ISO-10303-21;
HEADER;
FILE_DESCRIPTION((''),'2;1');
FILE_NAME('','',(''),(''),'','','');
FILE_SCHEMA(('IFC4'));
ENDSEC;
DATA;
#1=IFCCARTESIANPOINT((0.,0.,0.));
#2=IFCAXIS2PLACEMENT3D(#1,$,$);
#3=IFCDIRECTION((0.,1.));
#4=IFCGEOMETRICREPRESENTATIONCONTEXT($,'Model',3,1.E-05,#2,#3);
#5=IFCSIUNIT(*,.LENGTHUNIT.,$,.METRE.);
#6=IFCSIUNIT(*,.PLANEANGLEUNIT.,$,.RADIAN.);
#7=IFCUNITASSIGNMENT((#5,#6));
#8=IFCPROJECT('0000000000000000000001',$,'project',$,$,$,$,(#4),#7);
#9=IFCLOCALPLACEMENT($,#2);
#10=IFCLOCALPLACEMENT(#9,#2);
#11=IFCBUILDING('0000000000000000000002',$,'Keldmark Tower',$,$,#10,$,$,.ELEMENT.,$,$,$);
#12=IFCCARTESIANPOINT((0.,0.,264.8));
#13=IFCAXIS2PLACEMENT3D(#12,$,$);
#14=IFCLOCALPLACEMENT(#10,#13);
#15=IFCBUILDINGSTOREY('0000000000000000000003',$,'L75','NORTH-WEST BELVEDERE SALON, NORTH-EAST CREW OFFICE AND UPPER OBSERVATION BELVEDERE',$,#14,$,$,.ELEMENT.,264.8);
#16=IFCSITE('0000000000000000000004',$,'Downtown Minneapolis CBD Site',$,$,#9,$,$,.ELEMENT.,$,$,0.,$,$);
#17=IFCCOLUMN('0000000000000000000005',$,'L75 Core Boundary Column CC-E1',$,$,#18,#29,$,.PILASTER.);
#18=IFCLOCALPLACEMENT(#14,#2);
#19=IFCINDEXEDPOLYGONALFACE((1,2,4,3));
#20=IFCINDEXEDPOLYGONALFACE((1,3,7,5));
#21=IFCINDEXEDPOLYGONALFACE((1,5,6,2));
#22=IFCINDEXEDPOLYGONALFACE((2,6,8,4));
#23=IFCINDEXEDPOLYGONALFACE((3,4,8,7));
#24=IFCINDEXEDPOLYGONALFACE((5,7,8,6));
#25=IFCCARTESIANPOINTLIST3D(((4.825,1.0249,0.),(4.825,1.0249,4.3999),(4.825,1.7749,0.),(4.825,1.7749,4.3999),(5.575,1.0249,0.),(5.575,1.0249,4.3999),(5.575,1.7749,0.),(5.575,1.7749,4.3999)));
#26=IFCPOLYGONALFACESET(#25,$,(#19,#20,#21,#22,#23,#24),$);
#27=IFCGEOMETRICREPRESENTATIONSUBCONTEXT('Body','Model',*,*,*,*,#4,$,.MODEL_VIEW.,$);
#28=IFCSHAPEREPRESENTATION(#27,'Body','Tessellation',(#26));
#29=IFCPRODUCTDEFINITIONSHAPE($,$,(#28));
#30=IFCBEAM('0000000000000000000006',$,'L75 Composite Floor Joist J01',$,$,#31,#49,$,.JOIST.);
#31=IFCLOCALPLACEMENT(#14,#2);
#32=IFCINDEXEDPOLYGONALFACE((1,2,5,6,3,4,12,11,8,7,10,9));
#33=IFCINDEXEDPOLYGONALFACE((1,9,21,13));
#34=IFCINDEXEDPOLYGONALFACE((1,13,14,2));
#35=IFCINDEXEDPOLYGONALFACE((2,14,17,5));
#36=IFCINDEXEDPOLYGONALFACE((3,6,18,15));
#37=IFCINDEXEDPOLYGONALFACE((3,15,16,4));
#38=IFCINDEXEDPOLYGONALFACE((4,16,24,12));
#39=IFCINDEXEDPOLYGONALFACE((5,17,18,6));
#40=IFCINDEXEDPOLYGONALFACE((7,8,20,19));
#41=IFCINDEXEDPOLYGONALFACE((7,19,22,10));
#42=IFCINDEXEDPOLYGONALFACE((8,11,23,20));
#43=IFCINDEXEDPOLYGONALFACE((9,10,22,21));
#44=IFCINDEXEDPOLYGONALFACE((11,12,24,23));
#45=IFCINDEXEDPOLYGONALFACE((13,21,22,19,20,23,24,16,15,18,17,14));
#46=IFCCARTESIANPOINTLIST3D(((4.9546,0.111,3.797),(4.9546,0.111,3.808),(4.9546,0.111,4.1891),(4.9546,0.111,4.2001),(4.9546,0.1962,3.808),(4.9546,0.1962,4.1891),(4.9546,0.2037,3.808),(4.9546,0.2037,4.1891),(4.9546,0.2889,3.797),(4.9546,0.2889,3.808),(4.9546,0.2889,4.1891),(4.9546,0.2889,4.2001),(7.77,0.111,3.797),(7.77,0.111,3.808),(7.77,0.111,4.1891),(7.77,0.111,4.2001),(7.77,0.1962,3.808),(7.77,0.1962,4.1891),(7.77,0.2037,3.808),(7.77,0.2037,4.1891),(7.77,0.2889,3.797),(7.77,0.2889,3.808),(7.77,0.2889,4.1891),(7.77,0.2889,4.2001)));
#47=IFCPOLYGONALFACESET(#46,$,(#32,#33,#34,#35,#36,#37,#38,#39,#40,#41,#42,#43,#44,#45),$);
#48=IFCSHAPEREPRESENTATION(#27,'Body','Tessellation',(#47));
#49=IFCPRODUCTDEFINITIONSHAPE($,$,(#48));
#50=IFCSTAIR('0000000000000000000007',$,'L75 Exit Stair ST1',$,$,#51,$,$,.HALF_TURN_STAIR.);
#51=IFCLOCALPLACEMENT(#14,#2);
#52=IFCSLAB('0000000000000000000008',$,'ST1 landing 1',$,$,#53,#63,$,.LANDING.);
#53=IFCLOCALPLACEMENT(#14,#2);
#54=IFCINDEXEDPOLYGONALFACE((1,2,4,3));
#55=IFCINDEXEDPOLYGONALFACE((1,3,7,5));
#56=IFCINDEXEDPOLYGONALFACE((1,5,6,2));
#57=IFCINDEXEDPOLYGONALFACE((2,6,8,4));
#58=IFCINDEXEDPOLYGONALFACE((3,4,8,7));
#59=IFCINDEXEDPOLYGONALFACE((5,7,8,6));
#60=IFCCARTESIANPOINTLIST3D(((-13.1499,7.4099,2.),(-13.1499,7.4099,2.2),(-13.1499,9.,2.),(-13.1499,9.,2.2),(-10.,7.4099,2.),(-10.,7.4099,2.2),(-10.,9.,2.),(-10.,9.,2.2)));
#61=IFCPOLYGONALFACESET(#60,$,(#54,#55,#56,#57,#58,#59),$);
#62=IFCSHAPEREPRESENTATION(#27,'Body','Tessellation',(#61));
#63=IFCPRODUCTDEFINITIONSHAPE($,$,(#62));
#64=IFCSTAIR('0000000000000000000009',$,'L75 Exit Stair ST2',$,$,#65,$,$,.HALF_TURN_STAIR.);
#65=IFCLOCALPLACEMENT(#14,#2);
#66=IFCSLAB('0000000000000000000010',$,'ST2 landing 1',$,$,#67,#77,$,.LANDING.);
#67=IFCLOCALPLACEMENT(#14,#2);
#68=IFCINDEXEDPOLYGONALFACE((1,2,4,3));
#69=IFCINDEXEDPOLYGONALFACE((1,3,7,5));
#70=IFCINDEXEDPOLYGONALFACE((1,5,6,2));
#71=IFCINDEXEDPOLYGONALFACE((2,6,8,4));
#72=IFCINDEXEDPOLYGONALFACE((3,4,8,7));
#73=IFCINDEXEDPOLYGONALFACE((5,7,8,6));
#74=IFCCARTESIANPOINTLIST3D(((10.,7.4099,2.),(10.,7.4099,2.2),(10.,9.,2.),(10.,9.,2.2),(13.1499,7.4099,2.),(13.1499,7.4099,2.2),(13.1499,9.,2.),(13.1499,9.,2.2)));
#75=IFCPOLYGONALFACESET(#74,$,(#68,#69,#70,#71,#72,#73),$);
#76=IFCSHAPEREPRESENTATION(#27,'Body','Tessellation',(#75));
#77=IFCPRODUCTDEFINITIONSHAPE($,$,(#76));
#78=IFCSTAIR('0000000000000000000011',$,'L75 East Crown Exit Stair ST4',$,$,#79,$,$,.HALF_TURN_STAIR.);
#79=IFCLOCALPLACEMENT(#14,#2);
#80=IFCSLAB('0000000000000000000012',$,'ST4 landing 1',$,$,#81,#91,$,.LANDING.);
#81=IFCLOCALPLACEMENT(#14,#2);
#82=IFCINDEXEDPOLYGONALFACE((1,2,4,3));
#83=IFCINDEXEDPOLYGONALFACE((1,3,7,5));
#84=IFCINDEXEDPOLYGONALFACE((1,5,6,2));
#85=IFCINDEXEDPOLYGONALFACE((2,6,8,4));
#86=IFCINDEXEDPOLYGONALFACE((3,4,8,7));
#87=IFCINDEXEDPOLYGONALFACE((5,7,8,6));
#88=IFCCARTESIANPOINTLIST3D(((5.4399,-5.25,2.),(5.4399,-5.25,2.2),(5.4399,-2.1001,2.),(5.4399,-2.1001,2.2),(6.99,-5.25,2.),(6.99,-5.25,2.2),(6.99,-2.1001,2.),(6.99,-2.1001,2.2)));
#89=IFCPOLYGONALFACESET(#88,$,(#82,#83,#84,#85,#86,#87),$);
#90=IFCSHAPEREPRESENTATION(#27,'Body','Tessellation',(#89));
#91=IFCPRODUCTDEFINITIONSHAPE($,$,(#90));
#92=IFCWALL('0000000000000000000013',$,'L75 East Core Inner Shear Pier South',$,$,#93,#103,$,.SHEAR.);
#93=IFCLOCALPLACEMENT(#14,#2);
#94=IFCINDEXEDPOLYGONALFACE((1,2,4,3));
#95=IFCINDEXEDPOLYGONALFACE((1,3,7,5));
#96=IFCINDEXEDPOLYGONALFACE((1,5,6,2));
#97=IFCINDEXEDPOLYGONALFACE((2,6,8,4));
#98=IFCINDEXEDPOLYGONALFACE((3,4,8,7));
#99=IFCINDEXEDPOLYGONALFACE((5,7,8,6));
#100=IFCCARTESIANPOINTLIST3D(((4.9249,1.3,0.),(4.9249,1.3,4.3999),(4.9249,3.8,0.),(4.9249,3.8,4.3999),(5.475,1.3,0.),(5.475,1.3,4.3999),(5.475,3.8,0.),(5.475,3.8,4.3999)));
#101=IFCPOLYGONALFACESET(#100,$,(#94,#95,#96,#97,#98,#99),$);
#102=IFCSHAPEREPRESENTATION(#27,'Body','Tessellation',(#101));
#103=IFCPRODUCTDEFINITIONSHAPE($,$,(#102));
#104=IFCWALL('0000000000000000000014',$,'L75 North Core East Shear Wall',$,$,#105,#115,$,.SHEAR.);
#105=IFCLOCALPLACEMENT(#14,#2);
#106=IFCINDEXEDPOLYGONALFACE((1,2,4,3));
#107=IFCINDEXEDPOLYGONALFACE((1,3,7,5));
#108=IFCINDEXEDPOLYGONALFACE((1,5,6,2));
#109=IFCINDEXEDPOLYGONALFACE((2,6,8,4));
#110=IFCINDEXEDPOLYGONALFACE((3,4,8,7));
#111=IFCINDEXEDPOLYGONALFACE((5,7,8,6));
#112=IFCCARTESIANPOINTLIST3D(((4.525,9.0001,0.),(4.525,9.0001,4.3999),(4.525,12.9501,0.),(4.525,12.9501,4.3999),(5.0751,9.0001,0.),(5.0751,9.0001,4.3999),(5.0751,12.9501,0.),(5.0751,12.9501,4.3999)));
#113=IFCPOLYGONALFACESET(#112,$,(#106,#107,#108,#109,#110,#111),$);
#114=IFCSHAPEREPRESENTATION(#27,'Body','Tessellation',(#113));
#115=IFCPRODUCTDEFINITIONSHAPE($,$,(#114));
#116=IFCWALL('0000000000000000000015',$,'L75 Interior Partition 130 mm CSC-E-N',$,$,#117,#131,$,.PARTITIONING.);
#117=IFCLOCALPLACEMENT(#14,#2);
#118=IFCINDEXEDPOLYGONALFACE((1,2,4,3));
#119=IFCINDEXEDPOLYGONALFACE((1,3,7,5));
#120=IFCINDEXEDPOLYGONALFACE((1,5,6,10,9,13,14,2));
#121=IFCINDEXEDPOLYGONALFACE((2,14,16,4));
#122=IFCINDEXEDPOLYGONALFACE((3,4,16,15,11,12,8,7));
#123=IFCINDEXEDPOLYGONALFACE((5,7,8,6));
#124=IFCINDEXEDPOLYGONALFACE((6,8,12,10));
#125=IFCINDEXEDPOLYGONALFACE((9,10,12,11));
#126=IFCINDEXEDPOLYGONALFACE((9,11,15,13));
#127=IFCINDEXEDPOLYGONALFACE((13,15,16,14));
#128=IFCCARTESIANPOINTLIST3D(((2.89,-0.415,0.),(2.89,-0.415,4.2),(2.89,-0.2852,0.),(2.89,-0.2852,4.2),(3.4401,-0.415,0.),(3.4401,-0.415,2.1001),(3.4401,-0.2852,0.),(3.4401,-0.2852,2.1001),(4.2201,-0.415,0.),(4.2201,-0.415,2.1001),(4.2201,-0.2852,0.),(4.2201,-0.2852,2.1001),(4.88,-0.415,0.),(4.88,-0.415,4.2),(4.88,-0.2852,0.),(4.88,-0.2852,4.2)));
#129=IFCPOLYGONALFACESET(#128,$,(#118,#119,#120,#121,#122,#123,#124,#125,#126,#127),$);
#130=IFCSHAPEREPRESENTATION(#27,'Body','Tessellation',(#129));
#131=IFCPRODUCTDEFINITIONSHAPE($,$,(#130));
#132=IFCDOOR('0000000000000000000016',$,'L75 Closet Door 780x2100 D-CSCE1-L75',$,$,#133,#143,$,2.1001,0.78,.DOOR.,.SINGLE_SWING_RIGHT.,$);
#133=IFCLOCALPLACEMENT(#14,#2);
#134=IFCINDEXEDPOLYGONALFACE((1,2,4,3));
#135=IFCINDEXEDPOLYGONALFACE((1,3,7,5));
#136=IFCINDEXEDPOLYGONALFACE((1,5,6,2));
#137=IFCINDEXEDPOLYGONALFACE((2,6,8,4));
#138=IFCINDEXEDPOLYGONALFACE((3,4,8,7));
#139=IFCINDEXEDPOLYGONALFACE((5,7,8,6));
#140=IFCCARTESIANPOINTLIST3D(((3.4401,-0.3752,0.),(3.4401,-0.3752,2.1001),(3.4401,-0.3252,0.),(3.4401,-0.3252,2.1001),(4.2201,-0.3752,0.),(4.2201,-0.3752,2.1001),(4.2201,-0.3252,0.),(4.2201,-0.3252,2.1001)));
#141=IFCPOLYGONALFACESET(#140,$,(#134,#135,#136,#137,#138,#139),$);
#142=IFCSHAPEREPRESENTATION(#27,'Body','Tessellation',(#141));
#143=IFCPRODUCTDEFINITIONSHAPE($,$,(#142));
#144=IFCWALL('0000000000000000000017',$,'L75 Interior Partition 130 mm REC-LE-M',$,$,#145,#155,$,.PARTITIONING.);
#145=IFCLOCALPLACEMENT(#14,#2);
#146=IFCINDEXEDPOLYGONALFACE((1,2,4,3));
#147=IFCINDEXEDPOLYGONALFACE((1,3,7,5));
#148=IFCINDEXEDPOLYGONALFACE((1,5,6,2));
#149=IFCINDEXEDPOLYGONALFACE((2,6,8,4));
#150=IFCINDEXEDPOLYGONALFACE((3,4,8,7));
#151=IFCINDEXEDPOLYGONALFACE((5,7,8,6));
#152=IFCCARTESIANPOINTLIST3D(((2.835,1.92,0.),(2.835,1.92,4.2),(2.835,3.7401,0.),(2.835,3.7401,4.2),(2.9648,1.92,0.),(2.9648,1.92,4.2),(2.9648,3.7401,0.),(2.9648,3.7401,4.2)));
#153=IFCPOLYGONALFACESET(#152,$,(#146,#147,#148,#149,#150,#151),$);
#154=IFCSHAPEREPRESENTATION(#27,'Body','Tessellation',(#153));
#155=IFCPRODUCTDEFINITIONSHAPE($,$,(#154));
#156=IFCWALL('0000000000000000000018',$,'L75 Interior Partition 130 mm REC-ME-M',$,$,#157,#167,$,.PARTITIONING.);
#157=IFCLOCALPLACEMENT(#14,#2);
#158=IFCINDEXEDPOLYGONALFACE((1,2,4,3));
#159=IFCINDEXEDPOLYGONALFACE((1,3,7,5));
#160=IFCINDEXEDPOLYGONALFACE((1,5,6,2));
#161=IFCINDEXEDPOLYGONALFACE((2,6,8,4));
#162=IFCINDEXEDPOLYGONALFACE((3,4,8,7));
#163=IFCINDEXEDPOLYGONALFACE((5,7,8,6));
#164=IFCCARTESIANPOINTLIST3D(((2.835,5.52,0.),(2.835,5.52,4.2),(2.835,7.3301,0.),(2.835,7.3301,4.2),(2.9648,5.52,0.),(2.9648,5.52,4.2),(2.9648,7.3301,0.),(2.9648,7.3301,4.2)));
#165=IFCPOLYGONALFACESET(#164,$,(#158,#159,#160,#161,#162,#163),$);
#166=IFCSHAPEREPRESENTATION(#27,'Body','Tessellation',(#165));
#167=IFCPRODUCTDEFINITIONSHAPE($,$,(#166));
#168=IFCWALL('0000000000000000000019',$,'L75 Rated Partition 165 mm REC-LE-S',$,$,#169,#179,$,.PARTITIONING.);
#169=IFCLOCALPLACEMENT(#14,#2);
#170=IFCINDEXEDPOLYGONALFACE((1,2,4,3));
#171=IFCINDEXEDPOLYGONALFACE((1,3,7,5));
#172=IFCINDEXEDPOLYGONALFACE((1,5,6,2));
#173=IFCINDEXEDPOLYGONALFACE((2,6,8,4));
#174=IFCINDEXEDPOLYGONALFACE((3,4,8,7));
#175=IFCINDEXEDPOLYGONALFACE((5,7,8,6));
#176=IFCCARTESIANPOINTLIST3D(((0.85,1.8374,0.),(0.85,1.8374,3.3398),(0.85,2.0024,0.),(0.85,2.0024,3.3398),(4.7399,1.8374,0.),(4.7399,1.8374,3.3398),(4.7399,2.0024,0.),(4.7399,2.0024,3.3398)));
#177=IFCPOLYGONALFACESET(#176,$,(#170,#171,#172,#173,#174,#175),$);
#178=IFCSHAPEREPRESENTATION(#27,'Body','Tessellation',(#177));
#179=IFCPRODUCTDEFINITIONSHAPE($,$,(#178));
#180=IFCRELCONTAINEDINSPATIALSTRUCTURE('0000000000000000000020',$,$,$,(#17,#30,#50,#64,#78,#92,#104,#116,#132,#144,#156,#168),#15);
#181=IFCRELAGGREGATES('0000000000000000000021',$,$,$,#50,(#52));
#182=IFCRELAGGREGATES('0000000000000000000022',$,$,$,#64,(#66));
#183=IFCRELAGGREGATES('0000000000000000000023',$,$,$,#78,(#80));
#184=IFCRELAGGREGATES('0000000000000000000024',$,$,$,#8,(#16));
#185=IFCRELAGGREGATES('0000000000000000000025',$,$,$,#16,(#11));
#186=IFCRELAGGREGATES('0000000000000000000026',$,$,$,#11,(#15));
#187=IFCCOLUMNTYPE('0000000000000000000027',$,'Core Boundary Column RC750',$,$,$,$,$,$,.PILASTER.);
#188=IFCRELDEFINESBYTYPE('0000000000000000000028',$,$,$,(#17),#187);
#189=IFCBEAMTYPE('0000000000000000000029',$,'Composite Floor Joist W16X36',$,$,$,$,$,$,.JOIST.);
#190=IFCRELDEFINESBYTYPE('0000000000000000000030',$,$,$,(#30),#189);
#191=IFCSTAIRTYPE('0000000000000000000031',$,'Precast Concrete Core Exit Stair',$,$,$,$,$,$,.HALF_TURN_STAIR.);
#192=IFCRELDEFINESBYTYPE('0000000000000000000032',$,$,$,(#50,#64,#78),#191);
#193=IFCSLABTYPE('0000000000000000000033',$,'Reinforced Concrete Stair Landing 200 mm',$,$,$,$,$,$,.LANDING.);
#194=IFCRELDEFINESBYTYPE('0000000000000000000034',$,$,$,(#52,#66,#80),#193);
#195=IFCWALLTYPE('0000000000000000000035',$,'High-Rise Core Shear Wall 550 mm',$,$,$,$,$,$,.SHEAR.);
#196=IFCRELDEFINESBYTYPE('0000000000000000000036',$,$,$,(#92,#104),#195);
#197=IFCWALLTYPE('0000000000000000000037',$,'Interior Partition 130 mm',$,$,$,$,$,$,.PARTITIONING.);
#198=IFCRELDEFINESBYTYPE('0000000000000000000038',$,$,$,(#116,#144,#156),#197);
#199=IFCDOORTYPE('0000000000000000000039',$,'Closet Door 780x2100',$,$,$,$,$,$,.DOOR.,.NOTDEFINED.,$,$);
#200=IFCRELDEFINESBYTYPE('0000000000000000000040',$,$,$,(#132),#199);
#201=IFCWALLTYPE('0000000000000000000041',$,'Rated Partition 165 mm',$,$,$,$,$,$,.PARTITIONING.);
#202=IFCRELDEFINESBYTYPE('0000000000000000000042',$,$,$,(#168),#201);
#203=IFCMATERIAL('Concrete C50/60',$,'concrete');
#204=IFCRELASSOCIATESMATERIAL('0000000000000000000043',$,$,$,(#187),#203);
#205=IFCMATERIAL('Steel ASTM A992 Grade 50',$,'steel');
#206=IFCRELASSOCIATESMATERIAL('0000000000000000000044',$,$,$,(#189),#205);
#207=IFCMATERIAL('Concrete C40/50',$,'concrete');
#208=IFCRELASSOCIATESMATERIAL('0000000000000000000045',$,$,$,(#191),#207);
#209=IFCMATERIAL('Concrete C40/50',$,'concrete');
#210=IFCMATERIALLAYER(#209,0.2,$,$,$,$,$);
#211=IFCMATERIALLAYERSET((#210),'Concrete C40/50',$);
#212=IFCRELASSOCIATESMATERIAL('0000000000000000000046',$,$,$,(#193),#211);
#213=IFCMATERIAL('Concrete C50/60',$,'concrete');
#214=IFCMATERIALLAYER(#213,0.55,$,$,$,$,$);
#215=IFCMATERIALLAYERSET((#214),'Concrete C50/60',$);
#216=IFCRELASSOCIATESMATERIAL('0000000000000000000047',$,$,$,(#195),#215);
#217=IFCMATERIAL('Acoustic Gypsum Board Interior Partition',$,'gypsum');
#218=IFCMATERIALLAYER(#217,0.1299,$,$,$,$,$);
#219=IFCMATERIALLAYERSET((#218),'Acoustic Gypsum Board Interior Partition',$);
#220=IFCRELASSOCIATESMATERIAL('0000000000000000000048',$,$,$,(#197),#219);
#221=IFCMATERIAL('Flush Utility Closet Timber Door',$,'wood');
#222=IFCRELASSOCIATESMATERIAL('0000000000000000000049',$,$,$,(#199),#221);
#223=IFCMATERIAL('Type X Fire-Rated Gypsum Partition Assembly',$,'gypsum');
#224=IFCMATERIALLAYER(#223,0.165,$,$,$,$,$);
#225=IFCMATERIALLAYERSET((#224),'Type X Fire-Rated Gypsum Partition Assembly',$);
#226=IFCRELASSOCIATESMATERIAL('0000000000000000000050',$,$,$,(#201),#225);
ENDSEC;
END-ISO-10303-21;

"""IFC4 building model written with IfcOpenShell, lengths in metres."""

from ifc_helpers import new_model, si_unit, direction, frame, frame_2d, origin, origin_2d, place, context, subcontext, project, spatial, polyline, rectangle, i_section, outline, extrude, material, layer, layer_set, material_profile, profile_set, type_object, element, fill, aggregate, save


model = new_model("IFC4")

# Units and contexts
model_context = context("Model", 3, precision=1e-05, world=origin(), true_north=direction((0.0, 1.0)))
body_context = subcontext(model_context, "Body", "Model", "MODEL_VIEW")
ifc_project = project(units=[si_unit("LENGTHUNIT", "METRE"), si_unit("PLANEANGLEUNIT", "RADIAN")], contexts=[model_context])

# Site, building, storey
site_placement = place(None, origin())
site = spatial("IfcSite", under=ifc_project, at=site_placement, Name="Downtown Minneapolis CBD Site", CompositionType="ELEMENT", RefElevation=0.0)
building_placement = place(site_placement, origin())
building = spatial("IfcBuilding", under=site, at=building_placement, Name="Keldmark Tower", CompositionType="ELEMENT")
storey_placement = place(building_placement, frame((0.0, 0.0, 264.8)))
storey = spatial("IfcBuildingStorey", under=building, at=storey_placement, Name="L75", Description="NORTH-WEST BELVEDERE SALON, NORTH-EAST CREW OFFICE AND UPPER OBSERVATION BELVEDERE", CompositionType="ELEMENT", Elevation=264.8)

# Column
ifc_material_1 = material(Name="Concrete C50/60", Category="concrete")
ifc_material_profile_1 = material_profile(ifc_material_1, rectangle(XDim=0.75, YDim=0.75, at=origin_2d()), Name="RC750X750")
ifc_profile_set_1 = profile_set([ifc_material_profile_1], Name="Concrete C50/60")
column_type = type_object("IfcColumnType", Name="Core Boundary Column RC750", PredefinedType="PILASTER", material=ifc_profile_set_1)
column_placement = place(storey_placement, frame((5.2, 1.3999, 0.0), z_axis=(0.0, 0.0, 1.0), x_axis=(1.0, 0.0, 0.0)))
element("IfcColumn", 1, at=column_placement, inside=storey, type_object=column_type, Name="L75 Core Boundary Column CC-E1", PredefinedType="PILASTER", context=body_context, shape_type="SweptSolid", body=[
    extrude(rectangle(XDim=0.75, YDim=0.75, at=origin_2d()), origin(), (0.0, 0.0, 1.0), 4.3999),
])

# Beam
ifc_material_2 = material(Name="Steel ASTM A992 Grade 50", Category="steel")
ifc_material_profile_2 = material_profile(ifc_material_2, i_section(OverallWidth=0.178, OverallDepth=0.4031, WebThickness=0.0076, FlangeThickness=0.011, at=origin_2d()), Name="W16X36")
ifc_profile_set_2 = profile_set([ifc_material_profile_2], Name="Steel ASTM A992 Grade 50")
beam_type = type_object("IfcBeamType", Name="Composite Floor Joist W16X36", PredefinedType="JOIST", material=ifc_profile_set_2)
beam_placement = place(storey_placement, frame((4.9546, 0.2, 3.9985), z_axis=(1.0, 0.0, 0.0), x_axis=(0.0, 1.0, 0.0)))
element("IfcBeam", 2, at=beam_placement, inside=storey, type_object=beam_type, Name="L75 Composite Floor Joist J01", PredefinedType="JOIST", context=body_context, shape_type="SweptSolid", body=[
    extrude(i_section(OverallWidth=0.178, OverallDepth=0.4031, WebThickness=0.0076, FlangeThickness=0.011, at=origin_2d()), origin(), (0.0, 0.0, 1.0), 2.8154),
])

# Stairs, slabs
ifc_material_3 = material(Name="Concrete C40/50", Category="concrete")
stair_type = type_object("IfcStairType", Name="Precast Concrete Core Exit Stair", PredefinedType="HALF_TURN_STAIR", material=ifc_material_3)
stair_1_placement = place(storey_placement, origin())
stair_1 = element("IfcStair", 3, at=stair_1_placement, inside=storey, type_object=stair_type, Name="L75 Exit Stair ST1", PredefinedType="HALF_TURN_STAIR")
ifc_material_4 = material(Name="Concrete C40/50", Category="concrete")
ifc_layer_1 = layer(ifc_material_4, 0.2)
ifc_layer_set_1 = layer_set([ifc_layer_1], Name="Concrete C40/50")
slab_type = type_object("IfcSlabType", Name="Reinforced Concrete Stair Landing 200 mm", PredefinedType="LANDING", material=ifc_layer_set_1)
slab_1_placement = place(storey_placement, frame((0.0, 0.0, 2.0)))
slab_1 = element("IfcSlab", 4, at=slab_1_placement, type_object=slab_type, Name="ST1 landing 1", PredefinedType="LANDING", context=body_context, shape_type="SweptSolid", body=[
    extrude(outline(polyline([(-10.0, 7.4099), (-10.0, 9.0), (-13.1499, 9.0), (-13.1499, 7.4099), (-10.0, 7.4099)])), origin(), (0.0, 0.0, 1.0), 0.2),
])
aggregate(stair_1, [slab_1])
stair_2_placement = place(storey_placement, origin())
stair_2 = element("IfcStair", 5, at=stair_2_placement, inside=storey, type_object=stair_type, Name="L75 Exit Stair ST2", PredefinedType="HALF_TURN_STAIR")
slab_2_placement = place(storey_placement, frame((0.0, 0.0, 2.0)))
slab_2 = element("IfcSlab", 6, at=slab_2_placement, type_object=slab_type, Name="ST2 landing 1", PredefinedType="LANDING", context=body_context, shape_type="SweptSolid", body=[
    extrude(outline(polyline([(13.1499, 7.4099), (13.1499, 9.0), (10.0, 9.0), (10.0, 7.4099), (13.1499, 7.4099)])), origin(), (0.0, 0.0, 1.0), 0.2),
])
aggregate(stair_2, [slab_2])
stair_3_placement = place(storey_placement, origin())
stair_3 = element("IfcStair", 7, at=stair_3_placement, inside=storey, type_object=stair_type, Name="L75 East Crown Exit Stair ST4", PredefinedType="HALF_TURN_STAIR")
slab_3_placement = place(storey_placement, frame((0.0, 0.0, 2.0)))
slab_3 = element("IfcSlab", 8, at=slab_3_placement, type_object=slab_type, Name="ST4 landing 1", PredefinedType="LANDING", context=body_context, shape_type="SweptSolid", body=[
    extrude(outline(polyline([(6.99, -2.1001), (5.4399, -2.1001), (5.4399, -5.25), (6.99, -5.25), (6.99, -2.1001)])), origin(), (0.0, 0.0, 1.0), 0.2),
])
aggregate(stair_3, [slab_3])

# Walls
ifc_material_5 = material(Name="Concrete C50/60", Category="concrete")
ifc_layer_2 = layer(ifc_material_5, 0.55)
ifc_layer_set_2 = layer_set([ifc_layer_2], Name="Concrete C50/60")
wall_type_1 = type_object("IfcWallType", Name="High-Rise Core Shear Wall 550 mm", PredefinedType="SHEAR", material=ifc_layer_set_2)
wall_1_placement = place(storey_placement, frame((5.2, 1.3, 0.0), z_axis=(0.0, 0.0, 1.0), x_axis=(0.0, 1.0, 0.0)))
element("IfcWall", 9, at=wall_1_placement, inside=storey, type_object=wall_type_1, Name="L75 East Core Inner Shear Pier South", PredefinedType="SHEAR", context=body_context, shape_type="SweptSolid", body=[
    extrude(rectangle(XDim=2.5, YDim=0.55, at=frame_2d((1.25, 0.0))), origin(), (0.0, 0.0, 1.0), 4.3999),
])
wall_2_placement = place(storey_placement, frame((4.8, 9.0, 0.0), z_axis=(0.0, 0.0, 1.0), x_axis=(0.0, 1.0, 0.0)))
element("IfcWall", 10, at=wall_2_placement, inside=storey, type_object=wall_type_1, Name="L75 North Core East Shear Wall", PredefinedType="SHEAR", context=body_context, shape_type="SweptSolid", body=[
    extrude(rectangle(XDim=3.95, YDim=0.55, at=frame_2d((1.9751, 0.0))), origin(), (0.0, 0.0, 1.0), 4.3999),
])

# Wall, opening, door
ifc_material_6 = material(Name="Acoustic Gypsum Board Interior Partition", Category="gypsum")
ifc_layer_3 = layer(ifc_material_6, 0.1299)
ifc_layer_set_3 = layer_set([ifc_layer_3], Name="Acoustic Gypsum Board Interior Partition")
wall_type_2 = type_object("IfcWallType", Name="Interior Partition 130 mm", PredefinedType="PARTITIONING", material=ifc_layer_set_3)
wall_3_placement = place(storey_placement, frame((2.8899, -0.3501, 0.0), z_axis=(0.0, 0.0, 1.0), x_axis=(1.0, 0.0, 0.0)))
wall_3 = element("IfcWall", 11, at=wall_3_placement, inside=storey, type_object=wall_type_2, Name="L75 Interior Partition 130 mm CSC-E-N", PredefinedType="PARTITIONING", context=body_context, shape_type="SweptSolid", body=[
    extrude(rectangle(XDim=1.99, YDim=0.1299, at=frame_2d((0.9951, 0.0))), origin(), (0.0, 0.0, 1.0), 4.2),
])
opening_1_placement = place(wall_3_placement, frame((0.55, 0.0, 0.0)))
opening_1 = element("IfcOpeningElement", 12, at=opening_1_placement, cuts=wall_3, PredefinedType="OPENING", context=body_context, shape_type="SweptSolid", body=[
    extrude(rectangle(XDim=0.78, YDim=2.1001, at=frame_2d((0.3901, 1.05))), frame((0.0, 0.075, 0.0), z_axis=(0.0, -1.0, 0.0), x_axis=(1.0, 0.0, 0.0)), (0.0, 0.0, 1.0), 0.1499),
])
ifc_material_7 = material(Name="Flush Utility Closet Timber Door", Category="wood")
door_type_1 = type_object("IfcDoorType", Name="Closet Door 780x2100", OperationType="NOTDEFINED", PredefinedType="DOOR", material=ifc_material_7)
door_1_placement = place(opening_1_placement, origin())
door_1 = element("IfcDoor", 13, at=door_1_placement, inside=storey, type_object=door_type_1, Name="L75 Closet Door 780x2100 D-CSCE1-L75", OperationType="SINGLE_SWING_RIGHT", OverallHeight=2.1001, OverallWidth=0.78, PredefinedType="DOOR", context=body_context, shape_type="SweptSolid", body=[
    extrude(rectangle(XDim=0.78, YDim=2.1001, at=frame_2d((0.3901, 1.05))), frame((0.0, 0.0249, 0.0), z_axis=(0.0, -1.0, 0.0), x_axis=(1.0, 0.0, 0.0)), (0.0, 0.0, 1.0), 0.05),
])
fill(opening_1, door_1)

# Walls
wall_4_placement = place(storey_placement, frame((2.8999, 1.9199, 0.0), z_axis=(0.0, 0.0, 1.0), x_axis=(0.0, 1.0, 0.0)))
element("IfcWall", 14, at=wall_4_placement, inside=storey, type_object=wall_type_2, Name="L75 Interior Partition 130 mm REC-LE-M", PredefinedType="PARTITIONING", context=body_context, shape_type="SweptSolid", body=[
    extrude(rectangle(XDim=1.8201, YDim=0.1299, at=frame_2d((0.9102, 0.0))), origin(), (0.0, 0.0, 1.0), 4.2),
])
wall_5_placement = place(storey_placement, frame((2.8999, 5.52, 0.0), z_axis=(0.0, 0.0, 1.0), x_axis=(0.0, 1.0, 0.0)))
element("IfcWall", 15, at=wall_5_placement, inside=storey, type_object=wall_type_2, Name="L75 Interior Partition 130 mm REC-ME-M", PredefinedType="PARTITIONING", context=body_context, shape_type="SweptSolid", body=[
    extrude(rectangle(XDim=1.8101, YDim=0.1299, at=frame_2d((0.905, 0.0))), origin(), (0.0, 0.0, 1.0), 4.2),
])
ifc_material_8 = material(Name="Type X Fire-Rated Gypsum Partition Assembly", Category="gypsum")
ifc_layer_4 = layer(ifc_material_8, 0.165)
ifc_layer_set_4 = layer_set([ifc_layer_4], Name="Type X Fire-Rated Gypsum Partition Assembly")
wall_type_3 = type_object("IfcWallType", Name="Rated Partition 165 mm", PredefinedType="PARTITIONING", material=ifc_layer_set_4)
wall_6_placement = place(storey_placement, frame((0.8501, 1.9199, 0.0), z_axis=(0.0, 0.0, 1.0), x_axis=(1.0, 0.0, 0.0)))
element("IfcWall", 16, at=wall_6_placement, inside=storey, type_object=wall_type_3, Name="L75 Rated Partition 165 mm REC-LE-S", PredefinedType="PARTITIONING", context=body_context, shape_type="SweptSolid", body=[
    extrude(rectangle(XDim=3.8899, YDim=0.165, at=frame_2d((1.9448, 0.0))), origin(), (0.0, 0.0, 1.0), 3.3398),
])

save(model, "model.ifc")
